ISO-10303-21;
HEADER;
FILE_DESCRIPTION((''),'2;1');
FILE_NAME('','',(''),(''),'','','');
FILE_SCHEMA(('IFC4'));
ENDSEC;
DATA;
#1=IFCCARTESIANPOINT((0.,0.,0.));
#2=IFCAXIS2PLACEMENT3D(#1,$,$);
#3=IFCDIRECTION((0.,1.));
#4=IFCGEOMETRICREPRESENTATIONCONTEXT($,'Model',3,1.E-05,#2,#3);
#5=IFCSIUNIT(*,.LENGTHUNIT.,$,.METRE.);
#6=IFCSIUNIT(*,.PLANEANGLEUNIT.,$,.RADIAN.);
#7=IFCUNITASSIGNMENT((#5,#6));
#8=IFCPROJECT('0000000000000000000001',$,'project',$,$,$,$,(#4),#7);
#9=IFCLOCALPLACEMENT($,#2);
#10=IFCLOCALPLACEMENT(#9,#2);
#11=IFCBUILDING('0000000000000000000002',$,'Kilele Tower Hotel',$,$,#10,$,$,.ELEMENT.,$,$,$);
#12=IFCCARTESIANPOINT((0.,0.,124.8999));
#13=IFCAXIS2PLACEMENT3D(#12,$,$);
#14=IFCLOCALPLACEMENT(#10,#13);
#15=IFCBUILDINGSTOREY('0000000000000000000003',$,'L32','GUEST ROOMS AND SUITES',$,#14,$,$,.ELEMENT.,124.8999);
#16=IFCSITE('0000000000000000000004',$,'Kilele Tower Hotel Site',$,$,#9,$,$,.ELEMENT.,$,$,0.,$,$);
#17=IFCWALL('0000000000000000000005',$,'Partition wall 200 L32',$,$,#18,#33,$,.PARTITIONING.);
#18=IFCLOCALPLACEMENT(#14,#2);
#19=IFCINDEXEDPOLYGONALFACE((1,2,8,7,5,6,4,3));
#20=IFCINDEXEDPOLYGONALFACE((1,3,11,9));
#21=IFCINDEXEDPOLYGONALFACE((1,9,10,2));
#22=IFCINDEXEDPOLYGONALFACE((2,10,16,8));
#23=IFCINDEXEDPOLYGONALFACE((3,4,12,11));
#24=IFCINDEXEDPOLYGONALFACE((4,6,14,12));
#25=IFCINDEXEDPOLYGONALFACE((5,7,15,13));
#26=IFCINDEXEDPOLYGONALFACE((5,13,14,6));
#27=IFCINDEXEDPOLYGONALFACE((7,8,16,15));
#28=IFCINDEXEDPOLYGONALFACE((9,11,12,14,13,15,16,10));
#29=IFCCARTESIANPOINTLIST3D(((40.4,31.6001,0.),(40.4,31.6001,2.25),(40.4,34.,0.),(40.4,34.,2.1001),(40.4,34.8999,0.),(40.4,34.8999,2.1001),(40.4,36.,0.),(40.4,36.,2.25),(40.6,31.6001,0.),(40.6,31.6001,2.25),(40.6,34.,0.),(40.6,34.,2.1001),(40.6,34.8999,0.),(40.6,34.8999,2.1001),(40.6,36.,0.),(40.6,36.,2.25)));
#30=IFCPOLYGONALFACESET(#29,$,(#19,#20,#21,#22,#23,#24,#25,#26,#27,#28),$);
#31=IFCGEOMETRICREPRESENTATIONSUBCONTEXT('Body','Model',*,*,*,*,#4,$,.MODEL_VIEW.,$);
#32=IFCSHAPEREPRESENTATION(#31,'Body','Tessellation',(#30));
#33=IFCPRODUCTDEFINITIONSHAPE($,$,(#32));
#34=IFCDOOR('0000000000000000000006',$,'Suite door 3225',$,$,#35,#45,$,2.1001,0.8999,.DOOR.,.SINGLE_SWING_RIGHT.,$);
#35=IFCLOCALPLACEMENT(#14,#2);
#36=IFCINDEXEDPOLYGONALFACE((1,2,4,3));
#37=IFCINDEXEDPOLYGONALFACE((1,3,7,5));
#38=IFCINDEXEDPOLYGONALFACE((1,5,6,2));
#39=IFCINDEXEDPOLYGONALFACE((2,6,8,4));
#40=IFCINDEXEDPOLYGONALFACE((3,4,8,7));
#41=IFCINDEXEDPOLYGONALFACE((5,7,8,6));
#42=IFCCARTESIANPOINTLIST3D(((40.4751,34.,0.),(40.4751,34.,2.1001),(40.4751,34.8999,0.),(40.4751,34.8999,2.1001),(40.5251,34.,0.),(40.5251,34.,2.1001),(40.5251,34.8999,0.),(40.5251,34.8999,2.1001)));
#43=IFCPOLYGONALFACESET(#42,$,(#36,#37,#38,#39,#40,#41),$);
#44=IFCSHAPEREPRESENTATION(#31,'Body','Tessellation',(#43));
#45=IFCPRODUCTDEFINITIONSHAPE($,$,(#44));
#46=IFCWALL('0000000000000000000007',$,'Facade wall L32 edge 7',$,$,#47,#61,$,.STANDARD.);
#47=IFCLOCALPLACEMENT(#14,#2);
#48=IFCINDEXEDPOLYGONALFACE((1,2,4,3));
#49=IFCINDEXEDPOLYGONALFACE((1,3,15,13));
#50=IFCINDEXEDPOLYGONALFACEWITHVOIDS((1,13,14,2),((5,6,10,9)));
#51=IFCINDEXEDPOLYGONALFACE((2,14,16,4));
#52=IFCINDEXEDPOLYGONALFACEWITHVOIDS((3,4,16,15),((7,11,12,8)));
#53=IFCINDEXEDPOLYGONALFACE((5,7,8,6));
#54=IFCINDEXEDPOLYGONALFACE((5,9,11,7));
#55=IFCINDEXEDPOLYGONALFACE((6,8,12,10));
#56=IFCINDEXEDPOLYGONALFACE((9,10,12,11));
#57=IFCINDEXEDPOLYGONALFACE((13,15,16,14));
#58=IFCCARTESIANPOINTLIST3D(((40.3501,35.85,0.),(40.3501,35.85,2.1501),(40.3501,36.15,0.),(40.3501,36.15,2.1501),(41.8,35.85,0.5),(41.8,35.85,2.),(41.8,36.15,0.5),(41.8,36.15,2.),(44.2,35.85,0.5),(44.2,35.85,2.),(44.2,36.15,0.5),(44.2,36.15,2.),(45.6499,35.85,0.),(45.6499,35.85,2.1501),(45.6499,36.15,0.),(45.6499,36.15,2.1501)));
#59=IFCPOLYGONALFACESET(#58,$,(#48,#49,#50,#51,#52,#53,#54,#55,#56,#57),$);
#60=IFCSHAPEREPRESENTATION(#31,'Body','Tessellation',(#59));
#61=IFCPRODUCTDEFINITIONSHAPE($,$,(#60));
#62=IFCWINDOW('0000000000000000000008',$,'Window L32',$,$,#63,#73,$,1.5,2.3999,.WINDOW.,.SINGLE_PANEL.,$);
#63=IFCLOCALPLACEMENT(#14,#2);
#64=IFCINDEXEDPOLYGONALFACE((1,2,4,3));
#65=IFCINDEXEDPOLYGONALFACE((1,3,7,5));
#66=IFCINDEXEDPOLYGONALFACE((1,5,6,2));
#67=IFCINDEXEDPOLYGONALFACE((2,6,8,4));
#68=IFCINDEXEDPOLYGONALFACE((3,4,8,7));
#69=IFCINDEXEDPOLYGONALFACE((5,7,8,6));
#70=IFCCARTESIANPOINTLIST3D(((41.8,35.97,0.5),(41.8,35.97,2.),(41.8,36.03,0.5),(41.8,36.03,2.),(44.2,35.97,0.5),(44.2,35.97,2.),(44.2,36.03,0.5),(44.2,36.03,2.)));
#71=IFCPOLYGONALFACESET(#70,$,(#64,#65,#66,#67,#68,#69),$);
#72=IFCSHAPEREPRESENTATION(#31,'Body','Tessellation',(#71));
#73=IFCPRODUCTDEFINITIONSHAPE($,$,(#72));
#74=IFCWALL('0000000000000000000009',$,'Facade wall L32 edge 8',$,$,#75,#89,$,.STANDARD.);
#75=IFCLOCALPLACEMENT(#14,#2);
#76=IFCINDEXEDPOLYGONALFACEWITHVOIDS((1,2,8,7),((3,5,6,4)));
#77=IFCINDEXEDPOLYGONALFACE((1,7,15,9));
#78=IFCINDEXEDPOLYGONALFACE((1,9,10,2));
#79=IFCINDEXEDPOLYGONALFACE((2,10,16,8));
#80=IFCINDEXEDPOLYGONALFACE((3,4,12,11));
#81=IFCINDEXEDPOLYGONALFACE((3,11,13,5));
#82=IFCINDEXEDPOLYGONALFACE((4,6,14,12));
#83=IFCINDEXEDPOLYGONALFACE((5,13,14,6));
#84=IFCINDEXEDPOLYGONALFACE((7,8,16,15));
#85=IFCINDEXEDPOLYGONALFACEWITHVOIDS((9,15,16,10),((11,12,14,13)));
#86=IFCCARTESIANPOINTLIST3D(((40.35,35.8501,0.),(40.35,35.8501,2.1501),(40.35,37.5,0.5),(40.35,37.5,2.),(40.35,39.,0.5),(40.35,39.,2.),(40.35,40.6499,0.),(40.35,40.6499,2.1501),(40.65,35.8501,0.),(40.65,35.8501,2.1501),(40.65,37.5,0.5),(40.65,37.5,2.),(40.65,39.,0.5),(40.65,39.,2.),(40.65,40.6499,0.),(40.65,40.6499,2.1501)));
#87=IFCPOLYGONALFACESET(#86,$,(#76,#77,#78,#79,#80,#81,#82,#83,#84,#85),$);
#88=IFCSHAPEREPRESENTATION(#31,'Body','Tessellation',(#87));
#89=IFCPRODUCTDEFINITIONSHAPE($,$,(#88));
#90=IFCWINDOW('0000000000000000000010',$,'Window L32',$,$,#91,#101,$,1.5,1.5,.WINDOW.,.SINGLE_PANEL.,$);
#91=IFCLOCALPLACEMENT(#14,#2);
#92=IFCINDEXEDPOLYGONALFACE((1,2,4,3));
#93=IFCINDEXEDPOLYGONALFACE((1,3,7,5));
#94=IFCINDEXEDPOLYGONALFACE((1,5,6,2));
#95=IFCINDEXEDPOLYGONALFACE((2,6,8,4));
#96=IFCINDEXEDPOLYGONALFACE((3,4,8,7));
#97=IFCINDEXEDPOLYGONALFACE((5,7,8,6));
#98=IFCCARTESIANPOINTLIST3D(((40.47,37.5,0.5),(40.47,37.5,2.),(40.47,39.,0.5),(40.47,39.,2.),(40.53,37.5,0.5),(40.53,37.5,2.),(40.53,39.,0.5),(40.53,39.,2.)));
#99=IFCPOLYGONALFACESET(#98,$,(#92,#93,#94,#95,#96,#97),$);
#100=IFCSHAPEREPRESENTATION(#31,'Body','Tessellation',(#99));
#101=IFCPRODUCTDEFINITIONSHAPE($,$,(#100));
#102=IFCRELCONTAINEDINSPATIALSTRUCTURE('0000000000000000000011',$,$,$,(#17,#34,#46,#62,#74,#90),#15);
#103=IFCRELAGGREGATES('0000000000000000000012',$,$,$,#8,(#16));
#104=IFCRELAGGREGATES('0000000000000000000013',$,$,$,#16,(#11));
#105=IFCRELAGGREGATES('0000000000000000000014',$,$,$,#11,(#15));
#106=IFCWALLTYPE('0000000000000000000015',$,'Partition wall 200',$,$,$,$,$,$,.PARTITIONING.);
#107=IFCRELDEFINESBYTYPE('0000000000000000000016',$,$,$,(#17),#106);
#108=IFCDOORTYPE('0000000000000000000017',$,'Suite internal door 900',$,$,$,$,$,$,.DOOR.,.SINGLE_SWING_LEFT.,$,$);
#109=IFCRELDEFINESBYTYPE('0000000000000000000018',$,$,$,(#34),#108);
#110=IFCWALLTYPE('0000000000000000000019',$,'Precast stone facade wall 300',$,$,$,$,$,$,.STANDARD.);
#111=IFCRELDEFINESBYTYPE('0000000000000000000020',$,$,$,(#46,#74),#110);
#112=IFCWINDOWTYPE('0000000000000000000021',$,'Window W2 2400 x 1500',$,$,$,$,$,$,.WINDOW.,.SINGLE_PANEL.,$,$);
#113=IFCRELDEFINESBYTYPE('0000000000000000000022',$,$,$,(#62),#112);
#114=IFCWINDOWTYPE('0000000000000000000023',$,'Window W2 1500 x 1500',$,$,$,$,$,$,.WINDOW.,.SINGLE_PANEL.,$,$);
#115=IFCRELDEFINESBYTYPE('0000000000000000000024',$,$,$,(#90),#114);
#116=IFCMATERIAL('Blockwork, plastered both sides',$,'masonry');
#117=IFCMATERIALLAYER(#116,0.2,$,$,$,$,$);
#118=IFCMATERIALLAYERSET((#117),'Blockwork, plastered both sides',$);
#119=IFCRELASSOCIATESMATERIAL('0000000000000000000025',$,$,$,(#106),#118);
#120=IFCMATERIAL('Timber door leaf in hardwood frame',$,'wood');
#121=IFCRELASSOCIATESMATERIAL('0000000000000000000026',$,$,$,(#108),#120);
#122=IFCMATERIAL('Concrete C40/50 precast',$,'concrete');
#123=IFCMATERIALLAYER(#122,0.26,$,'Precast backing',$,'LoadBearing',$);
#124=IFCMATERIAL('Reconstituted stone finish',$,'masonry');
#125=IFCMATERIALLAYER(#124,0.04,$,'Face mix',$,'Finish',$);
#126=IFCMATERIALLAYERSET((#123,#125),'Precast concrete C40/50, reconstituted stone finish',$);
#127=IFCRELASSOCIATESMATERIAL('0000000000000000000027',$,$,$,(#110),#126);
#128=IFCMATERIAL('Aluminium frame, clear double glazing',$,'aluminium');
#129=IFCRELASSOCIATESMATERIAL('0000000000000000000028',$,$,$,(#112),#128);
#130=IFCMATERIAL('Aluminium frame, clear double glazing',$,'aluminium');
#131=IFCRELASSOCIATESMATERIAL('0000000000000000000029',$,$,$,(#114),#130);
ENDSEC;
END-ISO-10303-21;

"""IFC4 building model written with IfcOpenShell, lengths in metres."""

from ifc_helpers import new_model, si_unit, direction, frame, frame_2d, origin, place, context, subcontext, project, spatial, rectangle, extrude, material, layer, layer_set, type_object, element, fill, save


model = new_model("IFC4")

# Units and contexts
model_context = context("Model", 3, precision=1e-05, world=origin(), true_north=direction((0.0, 1.0)))
body_context = subcontext(model_context, "Body", "Model", "MODEL_VIEW")
ifc_project = project(units=[si_unit("LENGTHUNIT", "METRE"), si_unit("PLANEANGLEUNIT", "RADIAN")], contexts=[model_context])

# Site, building, storey
site_placement = place(None, origin())
site = spatial("IfcSite", under=ifc_project, at=site_placement, Name="Kilele Tower Hotel Site", CompositionType="ELEMENT", RefElevation=0.0)
building_placement = place(site_placement, origin())
building = spatial("IfcBuilding", under=site, at=building_placement, Name="Kilele Tower Hotel", CompositionType="ELEMENT")
storey_placement = place(building_placement, frame((0.0, 0.0, 124.8999)))
storey = spatial("IfcBuildingStorey", under=building, at=storey_placement, Name="L32", Description="GUEST ROOMS AND SUITES", CompositionType="ELEMENT", Elevation=124.8999)

# Wall, opening, door
ifc_material_1 = material(Name="Blockwork, plastered both sides", Category="masonry")
ifc_layer_1 = layer(ifc_material_1, 0.2)
ifc_layer_set_1 = layer_set([ifc_layer_1], Name="Blockwork, plastered both sides")
wall_type_1 = type_object("IfcWallType", Name="Partition wall 200", PredefinedType="PARTITIONING", material=ifc_layer_set_1)
wall_1_placement = place(storey_placement, frame((40.5, 31.6001, 0.0), z_axis=(0.0, 0.0, 1.0), x_axis=(0.0, 1.0, 0.0)))
wall_1 = element("IfcWall", 1, at=wall_1_placement, inside=storey, type_object=wall_type_1, Name="Partition wall 200 L32", PredefinedType="PARTITIONING", context=body_context, shape_type="SweptSolid", body=[
    extrude(rectangle(XDim=4.3999, YDim=0.2, at=frame_2d((2.2, 0.0))), origin(), (0.0, 0.0, 1.0), 2.25),
])
opening_1_placement = place(wall_1_placement, frame((2.3999, 0.0, 0.0)))
opening_1 = element("IfcOpeningElement", 2, at=opening_1_placement, cuts=wall_1, PredefinedType="OPENING", context=body_context, shape_type="SweptSolid", body=[
    extrude(rectangle(XDim=0.8999, YDim=2.1001, at=frame_2d((0.45, 1.05))), frame((0.0, 0.1099, 0.0), z_axis=(0.0, -1.0, 0.0), x_axis=(1.0, 0.0, 0.0)), (0.0, 0.0, 1.0), 0.22),
])
ifc_material_2 = material(Name="Timber door leaf in hardwood frame", Category="wood")
door_type_1 = type_object("IfcDoorType", Name="Suite internal door 900", OperationType="SINGLE_SWING_LEFT", PredefinedType="DOOR", material=ifc_material_2)
door_1_placement = place(opening_1_placement, origin())
door_1 = element("IfcDoor", 3, at=door_1_placement, inside=storey, type_object=door_type_1, Name="Suite door 3225", OperationType="SINGLE_SWING_RIGHT", OverallHeight=2.1001, OverallWidth=0.8999, PredefinedType="DOOR", context=body_context, shape_type="SweptSolid", body=[
    extrude(rectangle(XDim=0.8999, YDim=2.1001, at=frame_2d((0.45, 1.05))), frame((0.0, 0.0249, 0.0), z_axis=(0.0, -1.0, 0.0), x_axis=(1.0, 0.0, 0.0)), (0.0, 0.0, 1.0), 0.05),
])
fill(opening_1, door_1)

# Walls, openings, windows
ifc_material_3 = material(Name="Concrete C40/50 precast", Category="concrete")
ifc_layer_2 = layer(ifc_material_3, 0.26, Name="Precast backing", Category="LoadBearing")
ifc_material_4 = material(Name="Reconstituted stone finish", Category="masonry")
ifc_layer_3 = layer(ifc_material_4, 0.04, Name="Face mix", Category="Finish")
ifc_layer_set_2 = layer_set([ifc_layer_2, ifc_layer_3], Name="Precast concrete C40/50, reconstituted stone finish")
wall_type_2 = type_object("IfcWallType", Name="Precast stone facade wall 300", PredefinedType="STANDARD", material=ifc_layer_set_2)
wall_2_placement = place(storey_placement, frame((45.6499, 36.0, 0.0), z_axis=(0.0, 0.0, 1.0), x_axis=(-1.0, 0.0, 0.0)))
wall_2 = element("IfcWall", 4, at=wall_2_placement, inside=storey, type_object=wall_type_2, Name="Facade wall L32 edge 7", PredefinedType="STANDARD", context=body_context, shape_type="SweptSolid", body=[
    extrude(rectangle(XDim=5.2998, YDim=0.3, at=frame_2d((2.6499, 0.0))), origin(), (0.0, 0.0, 1.0), 2.1501),
])
opening_2_placement = place(wall_2_placement, frame((1.45, 0.0, 0.5)))
opening_2 = element("IfcOpeningElement", 5, at=opening_2_placement, cuts=wall_2, PredefinedType="OPENING", context=body_context, shape_type="SweptSolid", body=[
    extrude(rectangle(XDim=2.3999, YDim=1.5, at=frame_2d((1.2, 0.75))), frame((0.0, 0.1599, 0.0), z_axis=(0.0, -1.0, 0.0), x_axis=(1.0, 0.0, 0.0)), (0.0, 0.0, 1.0), 0.3201),
])
ifc_material_5 = material(Name="Aluminium frame, clear double glazing", Category="aluminium")
window_type_1 = type_object("IfcWindowType", Name="Window W2 2400 x 1500", PartitioningType="SINGLE_PANEL", PredefinedType="WINDOW", material=ifc_material_5)
window_1_placement = place(opening_2_placement, origin())
window_1 = element("IfcWindow", 6, at=window_1_placement, inside=storey, type_object=window_type_1, Name="Window L32", OverallHeight=1.5, OverallWidth=2.3999, PartitioningType="SINGLE_PANEL", PredefinedType="WINDOW", context=body_context, shape_type="SweptSolid", body=[
    extrude(rectangle(XDim=2.3999, YDim=1.5, at=frame_2d((1.2, 0.75))), frame((0.0, 0.03, 0.0), z_axis=(0.0, -1.0, 0.0), x_axis=(1.0, 0.0, 0.0)), (0.0, 0.0, 1.0), 0.0601),
])
fill(opening_2, window_1)
wall_3_placement = place(storey_placement, frame((40.5, 35.8501, 0.0), z_axis=(0.0, 0.0, 1.0), x_axis=(0.0, 1.0, 0.0)))
wall_3 = element("IfcWall", 7, at=wall_3_placement, inside=storey, type_object=wall_type_2, Name="Facade wall L32 edge 8", PredefinedType="STANDARD", context=body_context, shape_type="SweptSolid", body=[
    extrude(rectangle(XDim=4.7998, YDim=0.3, at=frame_2d((2.3999, 0.0))), origin(), (0.0, 0.0, 1.0), 2.1501),
])
opening_3_placement = place(wall_3_placement, frame((1.6499, 0.0, 0.5)))
opening_3 = element("IfcOpeningElement", 8, at=opening_3_placement, cuts=wall_3, PredefinedType="OPENING", context=body_context, shape_type="SweptSolid", body=[
    extrude(rectangle(XDim=1.5, YDim=1.5, at=frame_2d((0.75, 0.75))), frame((0.0, 0.1599, 0.0), z_axis=(0.0, -1.0, 0.0), x_axis=(1.0, 0.0, 0.0)), (0.0, 0.0, 1.0), 0.3201),
])
ifc_material_6 = material(Name="Aluminium frame, clear double glazing", Category="aluminium")
window_type_2 = type_object("IfcWindowType", Name="Window W2 1500 x 1500", PartitioningType="SINGLE_PANEL", PredefinedType="WINDOW", material=ifc_material_6)
window_2_placement = place(opening_3_placement, origin())
window_2 = element("IfcWindow", 9, at=window_2_placement, inside=storey, type_object=window_type_2, Name="Window L32", OverallHeight=1.5, OverallWidth=1.5, PartitioningType="SINGLE_PANEL", PredefinedType="WINDOW", context=body_context, shape_type="SweptSolid", body=[
    extrude(rectangle(XDim=1.5, YDim=1.5, at=frame_2d((0.75, 0.75))), frame((0.0, 0.03, 0.0), z_axis=(0.0, -1.0, 0.0), x_axis=(1.0, 0.0, 0.0)), (0.0, 0.0, 1.0), 0.0601),
])
fill(opening_3, window_2)

save(model, "model.ifc")
